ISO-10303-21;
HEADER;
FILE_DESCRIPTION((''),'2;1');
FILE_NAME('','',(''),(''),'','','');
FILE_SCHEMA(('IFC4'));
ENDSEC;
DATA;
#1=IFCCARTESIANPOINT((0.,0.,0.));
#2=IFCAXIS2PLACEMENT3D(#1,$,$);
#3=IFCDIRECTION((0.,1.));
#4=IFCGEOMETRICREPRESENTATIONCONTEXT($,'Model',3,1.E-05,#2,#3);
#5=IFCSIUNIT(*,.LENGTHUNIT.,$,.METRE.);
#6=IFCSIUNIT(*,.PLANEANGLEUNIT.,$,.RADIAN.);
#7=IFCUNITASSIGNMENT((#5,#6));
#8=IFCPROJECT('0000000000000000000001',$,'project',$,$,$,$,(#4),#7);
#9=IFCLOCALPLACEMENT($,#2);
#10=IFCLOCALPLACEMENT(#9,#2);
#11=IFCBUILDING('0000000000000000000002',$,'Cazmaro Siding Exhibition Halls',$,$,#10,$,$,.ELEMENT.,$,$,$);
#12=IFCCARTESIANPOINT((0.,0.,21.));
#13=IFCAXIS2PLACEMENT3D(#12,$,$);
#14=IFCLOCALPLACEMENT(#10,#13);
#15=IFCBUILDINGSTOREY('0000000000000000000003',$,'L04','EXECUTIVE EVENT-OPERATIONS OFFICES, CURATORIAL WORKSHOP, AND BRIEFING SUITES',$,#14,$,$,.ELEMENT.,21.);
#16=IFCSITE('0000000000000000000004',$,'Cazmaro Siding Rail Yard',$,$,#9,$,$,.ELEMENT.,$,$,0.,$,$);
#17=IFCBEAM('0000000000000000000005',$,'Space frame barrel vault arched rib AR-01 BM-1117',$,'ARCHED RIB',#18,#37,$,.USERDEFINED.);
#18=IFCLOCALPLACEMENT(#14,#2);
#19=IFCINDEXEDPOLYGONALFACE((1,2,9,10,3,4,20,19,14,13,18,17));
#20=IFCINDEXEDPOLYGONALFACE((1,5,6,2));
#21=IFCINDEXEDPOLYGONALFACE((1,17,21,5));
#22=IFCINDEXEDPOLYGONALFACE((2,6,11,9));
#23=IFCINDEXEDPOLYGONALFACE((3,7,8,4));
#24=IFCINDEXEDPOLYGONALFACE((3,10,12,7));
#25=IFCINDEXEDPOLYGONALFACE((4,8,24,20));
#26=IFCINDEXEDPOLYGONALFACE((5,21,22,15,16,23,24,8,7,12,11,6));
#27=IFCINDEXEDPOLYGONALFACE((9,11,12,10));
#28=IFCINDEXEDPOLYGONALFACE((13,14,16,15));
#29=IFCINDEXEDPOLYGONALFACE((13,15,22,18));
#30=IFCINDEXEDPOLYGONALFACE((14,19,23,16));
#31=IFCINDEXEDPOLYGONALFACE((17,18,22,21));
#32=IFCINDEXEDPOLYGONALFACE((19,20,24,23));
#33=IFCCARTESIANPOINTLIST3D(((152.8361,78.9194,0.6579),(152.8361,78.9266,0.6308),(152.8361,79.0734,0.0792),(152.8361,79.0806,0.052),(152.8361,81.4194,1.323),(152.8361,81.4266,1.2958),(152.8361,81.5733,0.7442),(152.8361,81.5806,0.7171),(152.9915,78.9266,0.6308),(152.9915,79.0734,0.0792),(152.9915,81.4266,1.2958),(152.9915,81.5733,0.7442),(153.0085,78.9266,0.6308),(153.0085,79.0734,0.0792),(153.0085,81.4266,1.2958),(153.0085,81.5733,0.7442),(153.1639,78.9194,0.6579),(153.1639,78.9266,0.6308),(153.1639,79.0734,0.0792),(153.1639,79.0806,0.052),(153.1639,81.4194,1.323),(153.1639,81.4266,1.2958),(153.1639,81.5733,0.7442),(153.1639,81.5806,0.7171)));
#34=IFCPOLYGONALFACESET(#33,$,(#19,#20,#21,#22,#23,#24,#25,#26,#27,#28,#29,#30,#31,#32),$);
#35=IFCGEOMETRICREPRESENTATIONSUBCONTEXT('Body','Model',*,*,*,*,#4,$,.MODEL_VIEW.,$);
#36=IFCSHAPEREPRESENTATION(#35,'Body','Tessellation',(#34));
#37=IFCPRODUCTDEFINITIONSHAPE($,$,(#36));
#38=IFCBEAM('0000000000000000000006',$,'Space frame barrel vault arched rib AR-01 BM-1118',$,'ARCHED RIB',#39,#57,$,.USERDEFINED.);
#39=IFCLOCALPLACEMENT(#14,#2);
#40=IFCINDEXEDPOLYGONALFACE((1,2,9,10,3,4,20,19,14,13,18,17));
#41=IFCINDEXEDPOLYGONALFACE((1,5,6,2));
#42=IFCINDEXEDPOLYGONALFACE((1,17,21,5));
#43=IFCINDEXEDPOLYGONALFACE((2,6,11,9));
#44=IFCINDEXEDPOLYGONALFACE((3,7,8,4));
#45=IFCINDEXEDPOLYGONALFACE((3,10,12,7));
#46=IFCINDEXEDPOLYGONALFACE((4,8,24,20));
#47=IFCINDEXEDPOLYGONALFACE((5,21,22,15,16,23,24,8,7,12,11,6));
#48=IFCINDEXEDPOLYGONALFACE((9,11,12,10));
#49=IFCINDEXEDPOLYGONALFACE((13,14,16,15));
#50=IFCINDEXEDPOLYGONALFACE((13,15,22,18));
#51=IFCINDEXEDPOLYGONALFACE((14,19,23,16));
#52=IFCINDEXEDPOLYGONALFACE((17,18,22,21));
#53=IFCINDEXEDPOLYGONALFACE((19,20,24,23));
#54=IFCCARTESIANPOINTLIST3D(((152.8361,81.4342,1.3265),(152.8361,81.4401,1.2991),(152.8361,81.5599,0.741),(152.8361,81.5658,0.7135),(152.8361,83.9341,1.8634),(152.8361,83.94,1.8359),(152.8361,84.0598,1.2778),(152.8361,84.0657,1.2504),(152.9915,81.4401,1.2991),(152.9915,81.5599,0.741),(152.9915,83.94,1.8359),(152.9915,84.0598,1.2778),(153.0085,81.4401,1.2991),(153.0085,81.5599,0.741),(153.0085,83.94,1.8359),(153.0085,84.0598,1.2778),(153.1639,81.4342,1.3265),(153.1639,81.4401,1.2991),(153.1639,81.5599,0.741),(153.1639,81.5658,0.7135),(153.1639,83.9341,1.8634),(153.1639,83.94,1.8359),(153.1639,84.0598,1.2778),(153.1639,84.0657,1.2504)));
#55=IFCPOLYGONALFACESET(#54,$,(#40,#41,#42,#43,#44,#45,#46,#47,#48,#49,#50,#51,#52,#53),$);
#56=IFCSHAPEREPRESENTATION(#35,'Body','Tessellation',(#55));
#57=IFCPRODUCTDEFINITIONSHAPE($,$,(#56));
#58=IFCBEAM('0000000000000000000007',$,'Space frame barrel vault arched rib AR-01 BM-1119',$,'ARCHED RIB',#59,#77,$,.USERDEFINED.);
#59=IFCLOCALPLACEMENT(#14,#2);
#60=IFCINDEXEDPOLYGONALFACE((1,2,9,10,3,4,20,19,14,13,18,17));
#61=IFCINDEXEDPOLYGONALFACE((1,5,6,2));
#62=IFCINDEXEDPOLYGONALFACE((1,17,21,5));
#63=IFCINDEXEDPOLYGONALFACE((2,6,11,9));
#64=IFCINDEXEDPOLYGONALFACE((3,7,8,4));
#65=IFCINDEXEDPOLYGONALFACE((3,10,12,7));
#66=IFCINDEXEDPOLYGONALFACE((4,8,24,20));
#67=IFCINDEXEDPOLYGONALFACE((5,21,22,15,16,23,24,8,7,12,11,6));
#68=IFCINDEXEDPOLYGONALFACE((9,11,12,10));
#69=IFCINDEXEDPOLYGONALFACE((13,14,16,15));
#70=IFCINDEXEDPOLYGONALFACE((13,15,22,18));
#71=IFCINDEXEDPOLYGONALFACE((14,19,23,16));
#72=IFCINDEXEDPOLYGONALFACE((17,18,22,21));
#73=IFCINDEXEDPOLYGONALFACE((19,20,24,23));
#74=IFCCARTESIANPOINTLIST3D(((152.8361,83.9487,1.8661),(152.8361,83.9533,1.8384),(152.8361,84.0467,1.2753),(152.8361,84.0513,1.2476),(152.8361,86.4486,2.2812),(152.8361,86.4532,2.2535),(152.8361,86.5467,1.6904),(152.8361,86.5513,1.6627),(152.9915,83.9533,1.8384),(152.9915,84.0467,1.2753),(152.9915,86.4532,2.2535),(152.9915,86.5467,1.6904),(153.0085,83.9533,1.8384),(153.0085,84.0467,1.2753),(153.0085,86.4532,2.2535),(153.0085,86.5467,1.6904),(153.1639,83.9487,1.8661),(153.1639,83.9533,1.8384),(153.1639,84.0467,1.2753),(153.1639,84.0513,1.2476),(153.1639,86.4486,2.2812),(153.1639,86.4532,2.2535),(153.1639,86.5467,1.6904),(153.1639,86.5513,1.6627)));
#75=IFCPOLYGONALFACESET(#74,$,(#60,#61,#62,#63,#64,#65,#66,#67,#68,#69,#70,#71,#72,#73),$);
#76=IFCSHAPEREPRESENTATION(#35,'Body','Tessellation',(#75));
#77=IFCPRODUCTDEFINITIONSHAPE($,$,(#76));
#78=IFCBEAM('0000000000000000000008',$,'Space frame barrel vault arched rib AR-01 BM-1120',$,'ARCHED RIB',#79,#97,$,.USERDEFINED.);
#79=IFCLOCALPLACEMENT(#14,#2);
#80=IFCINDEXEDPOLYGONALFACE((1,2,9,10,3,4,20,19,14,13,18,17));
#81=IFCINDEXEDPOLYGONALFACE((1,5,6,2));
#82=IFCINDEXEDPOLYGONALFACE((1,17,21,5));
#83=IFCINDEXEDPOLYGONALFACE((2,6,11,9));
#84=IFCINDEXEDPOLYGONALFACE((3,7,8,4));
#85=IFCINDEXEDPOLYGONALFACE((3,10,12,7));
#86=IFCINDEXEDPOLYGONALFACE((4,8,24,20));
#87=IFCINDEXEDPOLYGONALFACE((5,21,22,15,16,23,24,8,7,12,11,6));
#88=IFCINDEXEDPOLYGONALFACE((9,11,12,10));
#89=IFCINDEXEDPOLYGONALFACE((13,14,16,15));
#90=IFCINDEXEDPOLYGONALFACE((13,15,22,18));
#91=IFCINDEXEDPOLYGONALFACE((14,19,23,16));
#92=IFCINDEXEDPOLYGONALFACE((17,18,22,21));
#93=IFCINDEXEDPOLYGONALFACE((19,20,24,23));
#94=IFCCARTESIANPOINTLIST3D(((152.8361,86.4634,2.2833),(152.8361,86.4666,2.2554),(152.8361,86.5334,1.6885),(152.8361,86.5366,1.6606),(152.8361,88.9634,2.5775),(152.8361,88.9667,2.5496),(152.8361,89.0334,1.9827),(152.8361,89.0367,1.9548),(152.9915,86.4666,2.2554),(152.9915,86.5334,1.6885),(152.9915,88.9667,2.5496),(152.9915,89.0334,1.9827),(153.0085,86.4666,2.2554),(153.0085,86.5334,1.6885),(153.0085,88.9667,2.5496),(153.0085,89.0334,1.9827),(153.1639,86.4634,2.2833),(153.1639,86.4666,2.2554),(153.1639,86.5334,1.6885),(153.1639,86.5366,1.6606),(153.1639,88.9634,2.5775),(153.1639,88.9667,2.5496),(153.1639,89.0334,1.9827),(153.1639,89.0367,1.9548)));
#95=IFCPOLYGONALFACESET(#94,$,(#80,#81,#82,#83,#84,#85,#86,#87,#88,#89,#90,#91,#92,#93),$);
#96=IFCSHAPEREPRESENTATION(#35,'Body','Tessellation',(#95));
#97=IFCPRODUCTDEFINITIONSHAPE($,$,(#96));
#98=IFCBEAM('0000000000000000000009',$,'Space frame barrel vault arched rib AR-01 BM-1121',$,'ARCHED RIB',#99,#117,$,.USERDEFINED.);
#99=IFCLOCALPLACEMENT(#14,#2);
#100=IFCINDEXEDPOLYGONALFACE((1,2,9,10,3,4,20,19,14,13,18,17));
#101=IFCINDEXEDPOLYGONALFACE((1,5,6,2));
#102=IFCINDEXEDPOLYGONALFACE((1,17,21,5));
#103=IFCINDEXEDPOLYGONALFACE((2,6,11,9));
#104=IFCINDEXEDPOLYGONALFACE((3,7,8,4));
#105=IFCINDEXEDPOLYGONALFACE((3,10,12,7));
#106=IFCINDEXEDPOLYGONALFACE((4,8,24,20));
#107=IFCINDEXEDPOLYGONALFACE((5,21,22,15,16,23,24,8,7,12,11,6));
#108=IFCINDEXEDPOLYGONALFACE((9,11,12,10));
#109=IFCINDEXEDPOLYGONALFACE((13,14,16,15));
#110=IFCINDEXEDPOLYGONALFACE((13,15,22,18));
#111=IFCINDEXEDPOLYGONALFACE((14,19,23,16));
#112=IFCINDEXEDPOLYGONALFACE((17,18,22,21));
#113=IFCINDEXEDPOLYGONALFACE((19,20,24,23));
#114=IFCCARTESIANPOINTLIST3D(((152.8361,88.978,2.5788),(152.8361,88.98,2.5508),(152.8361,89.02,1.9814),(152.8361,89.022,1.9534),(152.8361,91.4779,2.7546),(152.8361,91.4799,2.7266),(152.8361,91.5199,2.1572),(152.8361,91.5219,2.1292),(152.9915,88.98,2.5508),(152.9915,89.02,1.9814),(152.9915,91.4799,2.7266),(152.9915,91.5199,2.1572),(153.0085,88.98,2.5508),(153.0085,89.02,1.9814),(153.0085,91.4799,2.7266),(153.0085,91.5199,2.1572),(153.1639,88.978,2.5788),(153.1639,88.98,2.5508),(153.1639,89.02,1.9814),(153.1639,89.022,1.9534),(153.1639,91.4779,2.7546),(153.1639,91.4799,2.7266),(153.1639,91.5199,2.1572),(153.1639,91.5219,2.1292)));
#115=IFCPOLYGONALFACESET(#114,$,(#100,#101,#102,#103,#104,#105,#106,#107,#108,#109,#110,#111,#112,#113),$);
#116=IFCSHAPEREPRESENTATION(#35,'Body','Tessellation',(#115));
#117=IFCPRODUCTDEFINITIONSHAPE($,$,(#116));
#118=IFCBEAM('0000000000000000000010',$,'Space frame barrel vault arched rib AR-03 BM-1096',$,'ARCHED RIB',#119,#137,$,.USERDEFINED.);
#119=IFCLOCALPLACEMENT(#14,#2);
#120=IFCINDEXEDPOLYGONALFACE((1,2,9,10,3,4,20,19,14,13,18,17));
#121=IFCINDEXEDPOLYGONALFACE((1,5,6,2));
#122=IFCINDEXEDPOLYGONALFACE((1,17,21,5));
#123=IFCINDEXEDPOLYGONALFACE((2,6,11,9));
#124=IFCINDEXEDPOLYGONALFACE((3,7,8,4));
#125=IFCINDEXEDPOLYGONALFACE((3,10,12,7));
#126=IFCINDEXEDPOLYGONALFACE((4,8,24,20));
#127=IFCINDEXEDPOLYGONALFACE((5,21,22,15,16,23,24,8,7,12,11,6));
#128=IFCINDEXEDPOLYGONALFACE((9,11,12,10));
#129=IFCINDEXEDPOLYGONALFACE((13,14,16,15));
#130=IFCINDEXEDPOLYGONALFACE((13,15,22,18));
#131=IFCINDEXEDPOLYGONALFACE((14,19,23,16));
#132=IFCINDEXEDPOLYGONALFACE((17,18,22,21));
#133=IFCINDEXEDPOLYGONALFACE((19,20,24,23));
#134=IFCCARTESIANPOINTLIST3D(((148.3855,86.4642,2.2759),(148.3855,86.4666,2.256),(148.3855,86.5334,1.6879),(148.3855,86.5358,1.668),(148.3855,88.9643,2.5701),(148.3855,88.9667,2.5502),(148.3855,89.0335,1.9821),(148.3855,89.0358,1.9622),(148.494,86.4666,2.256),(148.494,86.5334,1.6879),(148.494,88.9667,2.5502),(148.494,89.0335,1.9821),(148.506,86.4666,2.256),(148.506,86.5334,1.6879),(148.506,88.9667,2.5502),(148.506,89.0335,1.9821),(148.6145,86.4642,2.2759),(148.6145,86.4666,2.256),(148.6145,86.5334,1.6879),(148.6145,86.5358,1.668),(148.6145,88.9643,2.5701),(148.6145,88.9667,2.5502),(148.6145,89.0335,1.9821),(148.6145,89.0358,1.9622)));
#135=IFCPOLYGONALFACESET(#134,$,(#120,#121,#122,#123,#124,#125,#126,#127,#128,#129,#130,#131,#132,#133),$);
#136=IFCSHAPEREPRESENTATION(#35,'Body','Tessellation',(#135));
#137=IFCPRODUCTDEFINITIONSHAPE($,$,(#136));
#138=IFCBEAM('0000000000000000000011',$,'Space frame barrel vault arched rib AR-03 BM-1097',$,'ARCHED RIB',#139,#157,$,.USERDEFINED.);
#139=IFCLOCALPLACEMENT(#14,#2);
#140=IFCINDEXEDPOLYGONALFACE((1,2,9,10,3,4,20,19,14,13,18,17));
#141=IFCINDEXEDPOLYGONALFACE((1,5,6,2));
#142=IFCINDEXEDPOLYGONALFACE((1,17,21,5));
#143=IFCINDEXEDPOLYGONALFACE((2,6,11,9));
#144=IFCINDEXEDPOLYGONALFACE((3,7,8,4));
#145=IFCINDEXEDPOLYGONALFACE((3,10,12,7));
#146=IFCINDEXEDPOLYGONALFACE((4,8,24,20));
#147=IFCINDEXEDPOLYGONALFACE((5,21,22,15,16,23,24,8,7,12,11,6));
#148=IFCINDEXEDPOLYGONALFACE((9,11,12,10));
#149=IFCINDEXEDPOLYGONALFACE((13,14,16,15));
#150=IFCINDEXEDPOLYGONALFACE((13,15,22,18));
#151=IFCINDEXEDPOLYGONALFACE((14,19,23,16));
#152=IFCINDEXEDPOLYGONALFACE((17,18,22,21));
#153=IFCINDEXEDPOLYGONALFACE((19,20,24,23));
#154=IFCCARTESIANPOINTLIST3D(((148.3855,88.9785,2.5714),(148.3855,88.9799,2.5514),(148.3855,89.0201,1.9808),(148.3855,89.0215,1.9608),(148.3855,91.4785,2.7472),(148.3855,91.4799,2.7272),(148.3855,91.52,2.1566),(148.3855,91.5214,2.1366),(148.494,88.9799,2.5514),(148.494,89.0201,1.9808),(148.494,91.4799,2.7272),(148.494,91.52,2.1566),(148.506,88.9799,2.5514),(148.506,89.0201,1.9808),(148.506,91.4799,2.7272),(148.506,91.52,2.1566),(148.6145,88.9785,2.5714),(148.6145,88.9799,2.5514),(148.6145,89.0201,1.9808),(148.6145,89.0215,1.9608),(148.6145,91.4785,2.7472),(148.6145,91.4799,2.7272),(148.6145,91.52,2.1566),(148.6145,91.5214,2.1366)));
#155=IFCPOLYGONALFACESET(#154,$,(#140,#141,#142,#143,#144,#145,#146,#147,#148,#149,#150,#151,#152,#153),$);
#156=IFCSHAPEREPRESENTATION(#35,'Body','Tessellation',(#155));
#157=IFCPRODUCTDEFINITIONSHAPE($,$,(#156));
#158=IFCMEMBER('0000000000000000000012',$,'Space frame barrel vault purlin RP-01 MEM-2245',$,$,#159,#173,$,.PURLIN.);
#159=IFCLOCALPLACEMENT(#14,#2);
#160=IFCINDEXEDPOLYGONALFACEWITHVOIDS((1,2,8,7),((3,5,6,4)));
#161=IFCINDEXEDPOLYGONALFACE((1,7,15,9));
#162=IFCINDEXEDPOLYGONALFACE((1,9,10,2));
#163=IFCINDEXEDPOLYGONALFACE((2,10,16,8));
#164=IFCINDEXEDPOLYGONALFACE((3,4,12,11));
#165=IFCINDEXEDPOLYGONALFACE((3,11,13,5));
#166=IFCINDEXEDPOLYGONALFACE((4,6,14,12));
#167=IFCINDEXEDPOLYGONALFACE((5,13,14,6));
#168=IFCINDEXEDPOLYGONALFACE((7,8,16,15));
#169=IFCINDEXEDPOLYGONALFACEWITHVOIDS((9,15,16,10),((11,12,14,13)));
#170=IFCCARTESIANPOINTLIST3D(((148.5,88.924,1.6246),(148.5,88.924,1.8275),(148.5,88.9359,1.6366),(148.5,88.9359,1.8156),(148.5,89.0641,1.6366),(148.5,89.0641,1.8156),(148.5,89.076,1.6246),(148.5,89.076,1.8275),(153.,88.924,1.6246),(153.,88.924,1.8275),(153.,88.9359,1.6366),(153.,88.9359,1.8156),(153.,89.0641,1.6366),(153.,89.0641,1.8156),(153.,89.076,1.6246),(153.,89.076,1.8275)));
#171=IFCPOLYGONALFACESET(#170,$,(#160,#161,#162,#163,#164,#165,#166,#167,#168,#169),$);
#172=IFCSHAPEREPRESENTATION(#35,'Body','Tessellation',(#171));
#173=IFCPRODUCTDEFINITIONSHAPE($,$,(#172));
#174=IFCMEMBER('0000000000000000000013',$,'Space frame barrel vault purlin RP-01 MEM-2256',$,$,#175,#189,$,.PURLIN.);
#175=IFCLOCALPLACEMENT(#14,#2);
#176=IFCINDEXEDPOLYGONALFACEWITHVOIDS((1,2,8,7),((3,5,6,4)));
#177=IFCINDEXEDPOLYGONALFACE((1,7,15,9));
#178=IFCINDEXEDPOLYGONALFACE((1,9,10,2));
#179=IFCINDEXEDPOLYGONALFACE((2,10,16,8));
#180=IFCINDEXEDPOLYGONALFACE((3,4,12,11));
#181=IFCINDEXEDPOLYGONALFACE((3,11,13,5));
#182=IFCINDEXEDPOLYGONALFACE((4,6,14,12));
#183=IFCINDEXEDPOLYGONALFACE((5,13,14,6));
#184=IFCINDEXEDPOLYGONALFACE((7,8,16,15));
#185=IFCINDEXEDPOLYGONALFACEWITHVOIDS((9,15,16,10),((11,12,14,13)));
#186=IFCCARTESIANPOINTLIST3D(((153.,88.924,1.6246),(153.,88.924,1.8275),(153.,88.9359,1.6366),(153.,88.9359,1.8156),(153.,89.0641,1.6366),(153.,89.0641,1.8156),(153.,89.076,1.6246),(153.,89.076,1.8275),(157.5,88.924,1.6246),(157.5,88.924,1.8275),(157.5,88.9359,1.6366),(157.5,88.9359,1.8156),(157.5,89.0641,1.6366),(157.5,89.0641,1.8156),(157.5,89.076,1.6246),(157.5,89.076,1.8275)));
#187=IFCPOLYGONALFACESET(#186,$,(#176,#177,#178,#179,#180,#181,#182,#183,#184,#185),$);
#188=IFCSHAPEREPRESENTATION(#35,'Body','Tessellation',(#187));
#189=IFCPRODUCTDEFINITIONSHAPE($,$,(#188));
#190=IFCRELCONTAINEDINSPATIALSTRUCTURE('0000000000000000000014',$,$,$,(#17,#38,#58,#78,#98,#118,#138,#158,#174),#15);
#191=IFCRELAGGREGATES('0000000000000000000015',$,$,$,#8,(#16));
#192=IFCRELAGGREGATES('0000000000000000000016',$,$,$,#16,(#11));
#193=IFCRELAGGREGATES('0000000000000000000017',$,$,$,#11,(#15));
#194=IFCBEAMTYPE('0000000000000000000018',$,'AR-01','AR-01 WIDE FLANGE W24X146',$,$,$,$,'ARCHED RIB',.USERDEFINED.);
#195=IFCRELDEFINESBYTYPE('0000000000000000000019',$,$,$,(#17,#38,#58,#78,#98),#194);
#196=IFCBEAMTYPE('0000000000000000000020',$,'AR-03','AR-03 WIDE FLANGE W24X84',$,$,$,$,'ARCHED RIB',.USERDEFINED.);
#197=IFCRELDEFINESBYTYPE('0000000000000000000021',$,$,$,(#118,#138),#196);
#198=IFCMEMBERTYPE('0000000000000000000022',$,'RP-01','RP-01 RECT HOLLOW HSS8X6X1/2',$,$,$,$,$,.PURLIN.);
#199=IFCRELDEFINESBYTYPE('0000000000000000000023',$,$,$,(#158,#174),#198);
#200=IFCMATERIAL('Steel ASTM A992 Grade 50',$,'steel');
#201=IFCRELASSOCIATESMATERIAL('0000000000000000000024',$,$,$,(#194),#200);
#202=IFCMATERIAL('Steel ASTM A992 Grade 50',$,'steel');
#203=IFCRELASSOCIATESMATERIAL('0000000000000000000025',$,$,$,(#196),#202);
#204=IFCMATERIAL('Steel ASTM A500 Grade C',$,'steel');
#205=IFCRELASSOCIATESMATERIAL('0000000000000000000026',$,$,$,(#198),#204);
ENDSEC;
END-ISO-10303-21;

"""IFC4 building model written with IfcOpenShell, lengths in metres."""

from ifc_helpers import new_model, si_unit, direction, frame, origin, origin_2d, place, context, subcontext, project, spatial, hollow_rectangle, i_section, extrude, material, material_profile, profile_set, type_object, element, save


model = new_model("IFC4")

# Units and contexts
model_context = context("Model", 3, precision=1e-05, world=origin(), true_north=direction((0.0, 1.0)))
body_context = subcontext(model_context, "Body", "Model", "MODEL_VIEW")
ifc_project = project(units=[si_unit("LENGTHUNIT", "METRE"), si_unit("PLANEANGLEUNIT", "RADIAN")], contexts=[model_context])

# Site, building, storey
site_placement = place(None, origin())
site = spatial("IfcSite", under=ifc_project, at=site_placement, Name="Cazmaro Siding Rail Yard", CompositionType="ELEMENT", RefElevation=0.0)
building_placement = place(site_placement, origin())
building = spatial("IfcBuilding", under=site, at=building_placement, Name="Cazmaro Siding Exhibition Halls", CompositionType="ELEMENT")
storey_placement = place(building_placement, frame((0.0, 0.0, 21.0)))
storey = spatial("IfcBuildingStorey", under=building, at=storey_placement, Name="L04", Description="EXECUTIVE EVENT-OPERATIONS OFFICES, CURATORIAL WORKSHOP, AND BRIEFING SUITES", CompositionType="ELEMENT", Elevation=21.0)

# Beams
ifc_material_1 = material(Name="Steel ASTM A992 Grade 50", Category="steel")
ifc_material_profile_1 = material_profile(ifc_material_1, i_section(OverallWidth=0.3279, OverallDepth=0.627, WebThickness=0.0171, FlangeThickness=0.0281, at=origin_2d()), Name="W24X146")
ifc_profile_set_1 = profile_set([ifc_material_profile_1], Name="Steel ASTM A992 Grade 50")
beam_type_1 = type_object("IfcBeamType", Name="AR-01", Description="AR-01 WIDE FLANGE W24X146", ElementType="ARCHED RIB", PredefinedType="USERDEFINED", material=ifc_profile_set_1)
beam_1_placement = place(storey_placement, frame((153.0, 79.0, 0.355), z_axis=(0.0, 0.966391, 0.257075), x_axis=(-1.0, 0.0, 0.0)))
element("IfcBeam", 1, at=beam_1_placement, inside=storey, type_object=beam_type_1, Name="Space frame barrel vault arched rib AR-01 BM-1117", ObjectType="ARCHED RIB", PredefinedType="USERDEFINED", context=body_context, shape_type="SweptSolid", body=[
    extrude(i_section(OverallWidth=0.3279, OverallDepth=0.627, WebThickness=0.0171, FlangeThickness=0.0281, at=origin_2d()), origin(), (0.0, 0.0, 1.0), 2.5869),
])
beam_2_placement = place(storey_placement, frame((153.0, 81.5, 1.02), z_axis=(0.0, 0.97771, 0.209959), x_axis=(-1.0, 0.0, 0.0)))
element("IfcBeam", 2, at=beam_2_placement, inside=storey, type_object=beam_type_1, Name="Space frame barrel vault arched rib AR-01 BM-1118", ObjectType="ARCHED RIB", PredefinedType="USERDEFINED", context=body_context, shape_type="SweptSolid", body=[
    extrude(i_section(OverallWidth=0.3279, OverallDepth=0.627, WebThickness=0.0171, FlangeThickness=0.0281, at=origin_2d()), origin(), (0.0, 0.0, 1.0), 2.5569),
])
beam_3_placement = place(storey_placement, frame((153.0, 84.0, 1.5569), z_axis=(0.0, 0.986498, 0.163774), x_axis=(-1.0, 0.0, 0.0)))
element("IfcBeam", 3, at=beam_3_placement, inside=storey, type_object=beam_type_1, Name="Space frame barrel vault arched rib AR-01 BM-1119", ObjectType="ARCHED RIB", PredefinedType="USERDEFINED", context=body_context, shape_type="SweptSolid", body=[
    extrude(i_section(OverallWidth=0.3279, OverallDepth=0.627, WebThickness=0.0171, FlangeThickness=0.0281, at=origin_2d()), origin(), (0.0, 0.0, 1.0), 2.5342),
])
beam_4_placement = place(storey_placement, frame((153.0, 86.5, 1.9719), z_axis=(0.0, 0.993147, 0.116869), x_axis=(-1.0, 0.0, 0.0)))
element("IfcBeam", 4, at=beam_4_placement, inside=storey, type_object=beam_type_1, Name="Space frame barrel vault arched rib AR-01 BM-1120", ObjectType="ARCHED RIB", PredefinedType="USERDEFINED", context=body_context, shape_type="SweptSolid", body=[
    extrude(i_section(OverallWidth=0.3279, OverallDepth=0.627, WebThickness=0.0171, FlangeThickness=0.0281, at=origin_2d()), origin(), (0.0, 0.0, 1.0), 2.5173),
])
beam_5_placement = place(storey_placement, frame((153.0, 89.0, 2.2661), z_axis=(0.0, 0.997537, 0.070139), x_axis=(-1.0, 0.0, 0.0)))
element("IfcBeam", 5, at=beam_5_placement, inside=storey, type_object=beam_type_1, Name="Space frame barrel vault arched rib AR-01 BM-1121", ObjectType="ARCHED RIB", PredefinedType="USERDEFINED", context=body_context, shape_type="SweptSolid", body=[
    extrude(i_section(OverallWidth=0.3279, OverallDepth=0.627, WebThickness=0.0171, FlangeThickness=0.0281, at=origin_2d()), origin(), (0.0, 0.0, 1.0), 2.5061),
])
ifc_material_2 = material(Name="Steel ASTM A992 Grade 50", Category="steel")
ifc_material_profile_2 = material_profile(ifc_material_2, i_section(OverallWidth=0.229, OverallDepth=0.6121, WebThickness=0.012, FlangeThickness=0.02, at=origin_2d()), Name="W24X84")
ifc_profile_set_2 = profile_set([ifc_material_profile_2], Name="Steel ASTM A992 Grade 50")
beam_type_2 = type_object("IfcBeamType", Name="AR-03", Description="AR-03 WIDE FLANGE W24X84", ElementType="ARCHED RIB", PredefinedType="USERDEFINED", material=ifc_profile_set_2)
beam_6_placement = place(storey_placement, frame((148.5, 86.5, 1.9719), z_axis=(0.0, 0.993147, 0.116869), x_axis=(-1.0, 0.0, 0.0)))
element("IfcBeam", 6, at=beam_6_placement, inside=storey, type_object=beam_type_2, Name="Space frame barrel vault arched rib AR-03 BM-1096", ObjectType="ARCHED RIB", PredefinedType="USERDEFINED", context=body_context, shape_type="SweptSolid", body=[
    extrude(i_section(OverallWidth=0.229, OverallDepth=0.6121, WebThickness=0.012, FlangeThickness=0.02, at=origin_2d()), origin(), (0.0, 0.0, 1.0), 2.5173),
])
beam_7_placement = place(storey_placement, frame((148.5, 89.0, 2.2661), z_axis=(0.0, 0.997537, 0.070139), x_axis=(-1.0, 0.0, 0.0)))
element("IfcBeam", 7, at=beam_7_placement, inside=storey, type_object=beam_type_2, Name="Space frame barrel vault arched rib AR-03 BM-1097", ObjectType="ARCHED RIB", PredefinedType="USERDEFINED", context=body_context, shape_type="SweptSolid", body=[
    extrude(i_section(OverallWidth=0.229, OverallDepth=0.6121, WebThickness=0.012, FlangeThickness=0.02, at=origin_2d()), origin(), (0.0, 0.0, 1.0), 2.5061),
])

# Members
ifc_material_3 = material(Name="Steel ASTM A500 Grade C", Category="steel")
ifc_material_profile_3 = material_profile(ifc_material_3, hollow_rectangle(XDim=0.1521, YDim=0.2029, WallThickness=0.012, at=origin_2d()), Name="HSS8X6X1/2")
ifc_profile_set_3 = profile_set([ifc_material_profile_3], Name="Steel ASTM A500 Grade C")
member_type_1 = type_object("IfcMemberType", Name="RP-01", Description="RP-01 RECT HOLLOW HSS8X6X1/2", PredefinedType="PURLIN", material=ifc_profile_set_3)
for number, where, z_axis, x_axis, name in (
    (8, (148.5, 89.0, 1.7261), (1.0, 0.0, 0.0), (0.0, 1.0, 0.0), "Space frame barrel vault purlin RP-01 MEM-2245"),
    (9, (153.0, 89.0, 1.7261), (1.0, 0.0, 0.0), (0.0, 1.0, 0.0), "Space frame barrel vault purlin RP-01 MEM-2256"),
):
    element("IfcMember", number, at=place(storey_placement, frame(where, z_axis=z_axis, x_axis=x_axis)), inside=storey, type_object=member_type_1, Name=name, PredefinedType="PURLIN", context=body_context, shape_type="SweptSolid", body=[
        extrude(hollow_rectangle(XDim=0.1521, YDim=0.2029, WallThickness=0.012, at=origin_2d()), origin(), (0.0, 0.0, 1.0), 4.5),
    ])

save(model, "model.ifc")
